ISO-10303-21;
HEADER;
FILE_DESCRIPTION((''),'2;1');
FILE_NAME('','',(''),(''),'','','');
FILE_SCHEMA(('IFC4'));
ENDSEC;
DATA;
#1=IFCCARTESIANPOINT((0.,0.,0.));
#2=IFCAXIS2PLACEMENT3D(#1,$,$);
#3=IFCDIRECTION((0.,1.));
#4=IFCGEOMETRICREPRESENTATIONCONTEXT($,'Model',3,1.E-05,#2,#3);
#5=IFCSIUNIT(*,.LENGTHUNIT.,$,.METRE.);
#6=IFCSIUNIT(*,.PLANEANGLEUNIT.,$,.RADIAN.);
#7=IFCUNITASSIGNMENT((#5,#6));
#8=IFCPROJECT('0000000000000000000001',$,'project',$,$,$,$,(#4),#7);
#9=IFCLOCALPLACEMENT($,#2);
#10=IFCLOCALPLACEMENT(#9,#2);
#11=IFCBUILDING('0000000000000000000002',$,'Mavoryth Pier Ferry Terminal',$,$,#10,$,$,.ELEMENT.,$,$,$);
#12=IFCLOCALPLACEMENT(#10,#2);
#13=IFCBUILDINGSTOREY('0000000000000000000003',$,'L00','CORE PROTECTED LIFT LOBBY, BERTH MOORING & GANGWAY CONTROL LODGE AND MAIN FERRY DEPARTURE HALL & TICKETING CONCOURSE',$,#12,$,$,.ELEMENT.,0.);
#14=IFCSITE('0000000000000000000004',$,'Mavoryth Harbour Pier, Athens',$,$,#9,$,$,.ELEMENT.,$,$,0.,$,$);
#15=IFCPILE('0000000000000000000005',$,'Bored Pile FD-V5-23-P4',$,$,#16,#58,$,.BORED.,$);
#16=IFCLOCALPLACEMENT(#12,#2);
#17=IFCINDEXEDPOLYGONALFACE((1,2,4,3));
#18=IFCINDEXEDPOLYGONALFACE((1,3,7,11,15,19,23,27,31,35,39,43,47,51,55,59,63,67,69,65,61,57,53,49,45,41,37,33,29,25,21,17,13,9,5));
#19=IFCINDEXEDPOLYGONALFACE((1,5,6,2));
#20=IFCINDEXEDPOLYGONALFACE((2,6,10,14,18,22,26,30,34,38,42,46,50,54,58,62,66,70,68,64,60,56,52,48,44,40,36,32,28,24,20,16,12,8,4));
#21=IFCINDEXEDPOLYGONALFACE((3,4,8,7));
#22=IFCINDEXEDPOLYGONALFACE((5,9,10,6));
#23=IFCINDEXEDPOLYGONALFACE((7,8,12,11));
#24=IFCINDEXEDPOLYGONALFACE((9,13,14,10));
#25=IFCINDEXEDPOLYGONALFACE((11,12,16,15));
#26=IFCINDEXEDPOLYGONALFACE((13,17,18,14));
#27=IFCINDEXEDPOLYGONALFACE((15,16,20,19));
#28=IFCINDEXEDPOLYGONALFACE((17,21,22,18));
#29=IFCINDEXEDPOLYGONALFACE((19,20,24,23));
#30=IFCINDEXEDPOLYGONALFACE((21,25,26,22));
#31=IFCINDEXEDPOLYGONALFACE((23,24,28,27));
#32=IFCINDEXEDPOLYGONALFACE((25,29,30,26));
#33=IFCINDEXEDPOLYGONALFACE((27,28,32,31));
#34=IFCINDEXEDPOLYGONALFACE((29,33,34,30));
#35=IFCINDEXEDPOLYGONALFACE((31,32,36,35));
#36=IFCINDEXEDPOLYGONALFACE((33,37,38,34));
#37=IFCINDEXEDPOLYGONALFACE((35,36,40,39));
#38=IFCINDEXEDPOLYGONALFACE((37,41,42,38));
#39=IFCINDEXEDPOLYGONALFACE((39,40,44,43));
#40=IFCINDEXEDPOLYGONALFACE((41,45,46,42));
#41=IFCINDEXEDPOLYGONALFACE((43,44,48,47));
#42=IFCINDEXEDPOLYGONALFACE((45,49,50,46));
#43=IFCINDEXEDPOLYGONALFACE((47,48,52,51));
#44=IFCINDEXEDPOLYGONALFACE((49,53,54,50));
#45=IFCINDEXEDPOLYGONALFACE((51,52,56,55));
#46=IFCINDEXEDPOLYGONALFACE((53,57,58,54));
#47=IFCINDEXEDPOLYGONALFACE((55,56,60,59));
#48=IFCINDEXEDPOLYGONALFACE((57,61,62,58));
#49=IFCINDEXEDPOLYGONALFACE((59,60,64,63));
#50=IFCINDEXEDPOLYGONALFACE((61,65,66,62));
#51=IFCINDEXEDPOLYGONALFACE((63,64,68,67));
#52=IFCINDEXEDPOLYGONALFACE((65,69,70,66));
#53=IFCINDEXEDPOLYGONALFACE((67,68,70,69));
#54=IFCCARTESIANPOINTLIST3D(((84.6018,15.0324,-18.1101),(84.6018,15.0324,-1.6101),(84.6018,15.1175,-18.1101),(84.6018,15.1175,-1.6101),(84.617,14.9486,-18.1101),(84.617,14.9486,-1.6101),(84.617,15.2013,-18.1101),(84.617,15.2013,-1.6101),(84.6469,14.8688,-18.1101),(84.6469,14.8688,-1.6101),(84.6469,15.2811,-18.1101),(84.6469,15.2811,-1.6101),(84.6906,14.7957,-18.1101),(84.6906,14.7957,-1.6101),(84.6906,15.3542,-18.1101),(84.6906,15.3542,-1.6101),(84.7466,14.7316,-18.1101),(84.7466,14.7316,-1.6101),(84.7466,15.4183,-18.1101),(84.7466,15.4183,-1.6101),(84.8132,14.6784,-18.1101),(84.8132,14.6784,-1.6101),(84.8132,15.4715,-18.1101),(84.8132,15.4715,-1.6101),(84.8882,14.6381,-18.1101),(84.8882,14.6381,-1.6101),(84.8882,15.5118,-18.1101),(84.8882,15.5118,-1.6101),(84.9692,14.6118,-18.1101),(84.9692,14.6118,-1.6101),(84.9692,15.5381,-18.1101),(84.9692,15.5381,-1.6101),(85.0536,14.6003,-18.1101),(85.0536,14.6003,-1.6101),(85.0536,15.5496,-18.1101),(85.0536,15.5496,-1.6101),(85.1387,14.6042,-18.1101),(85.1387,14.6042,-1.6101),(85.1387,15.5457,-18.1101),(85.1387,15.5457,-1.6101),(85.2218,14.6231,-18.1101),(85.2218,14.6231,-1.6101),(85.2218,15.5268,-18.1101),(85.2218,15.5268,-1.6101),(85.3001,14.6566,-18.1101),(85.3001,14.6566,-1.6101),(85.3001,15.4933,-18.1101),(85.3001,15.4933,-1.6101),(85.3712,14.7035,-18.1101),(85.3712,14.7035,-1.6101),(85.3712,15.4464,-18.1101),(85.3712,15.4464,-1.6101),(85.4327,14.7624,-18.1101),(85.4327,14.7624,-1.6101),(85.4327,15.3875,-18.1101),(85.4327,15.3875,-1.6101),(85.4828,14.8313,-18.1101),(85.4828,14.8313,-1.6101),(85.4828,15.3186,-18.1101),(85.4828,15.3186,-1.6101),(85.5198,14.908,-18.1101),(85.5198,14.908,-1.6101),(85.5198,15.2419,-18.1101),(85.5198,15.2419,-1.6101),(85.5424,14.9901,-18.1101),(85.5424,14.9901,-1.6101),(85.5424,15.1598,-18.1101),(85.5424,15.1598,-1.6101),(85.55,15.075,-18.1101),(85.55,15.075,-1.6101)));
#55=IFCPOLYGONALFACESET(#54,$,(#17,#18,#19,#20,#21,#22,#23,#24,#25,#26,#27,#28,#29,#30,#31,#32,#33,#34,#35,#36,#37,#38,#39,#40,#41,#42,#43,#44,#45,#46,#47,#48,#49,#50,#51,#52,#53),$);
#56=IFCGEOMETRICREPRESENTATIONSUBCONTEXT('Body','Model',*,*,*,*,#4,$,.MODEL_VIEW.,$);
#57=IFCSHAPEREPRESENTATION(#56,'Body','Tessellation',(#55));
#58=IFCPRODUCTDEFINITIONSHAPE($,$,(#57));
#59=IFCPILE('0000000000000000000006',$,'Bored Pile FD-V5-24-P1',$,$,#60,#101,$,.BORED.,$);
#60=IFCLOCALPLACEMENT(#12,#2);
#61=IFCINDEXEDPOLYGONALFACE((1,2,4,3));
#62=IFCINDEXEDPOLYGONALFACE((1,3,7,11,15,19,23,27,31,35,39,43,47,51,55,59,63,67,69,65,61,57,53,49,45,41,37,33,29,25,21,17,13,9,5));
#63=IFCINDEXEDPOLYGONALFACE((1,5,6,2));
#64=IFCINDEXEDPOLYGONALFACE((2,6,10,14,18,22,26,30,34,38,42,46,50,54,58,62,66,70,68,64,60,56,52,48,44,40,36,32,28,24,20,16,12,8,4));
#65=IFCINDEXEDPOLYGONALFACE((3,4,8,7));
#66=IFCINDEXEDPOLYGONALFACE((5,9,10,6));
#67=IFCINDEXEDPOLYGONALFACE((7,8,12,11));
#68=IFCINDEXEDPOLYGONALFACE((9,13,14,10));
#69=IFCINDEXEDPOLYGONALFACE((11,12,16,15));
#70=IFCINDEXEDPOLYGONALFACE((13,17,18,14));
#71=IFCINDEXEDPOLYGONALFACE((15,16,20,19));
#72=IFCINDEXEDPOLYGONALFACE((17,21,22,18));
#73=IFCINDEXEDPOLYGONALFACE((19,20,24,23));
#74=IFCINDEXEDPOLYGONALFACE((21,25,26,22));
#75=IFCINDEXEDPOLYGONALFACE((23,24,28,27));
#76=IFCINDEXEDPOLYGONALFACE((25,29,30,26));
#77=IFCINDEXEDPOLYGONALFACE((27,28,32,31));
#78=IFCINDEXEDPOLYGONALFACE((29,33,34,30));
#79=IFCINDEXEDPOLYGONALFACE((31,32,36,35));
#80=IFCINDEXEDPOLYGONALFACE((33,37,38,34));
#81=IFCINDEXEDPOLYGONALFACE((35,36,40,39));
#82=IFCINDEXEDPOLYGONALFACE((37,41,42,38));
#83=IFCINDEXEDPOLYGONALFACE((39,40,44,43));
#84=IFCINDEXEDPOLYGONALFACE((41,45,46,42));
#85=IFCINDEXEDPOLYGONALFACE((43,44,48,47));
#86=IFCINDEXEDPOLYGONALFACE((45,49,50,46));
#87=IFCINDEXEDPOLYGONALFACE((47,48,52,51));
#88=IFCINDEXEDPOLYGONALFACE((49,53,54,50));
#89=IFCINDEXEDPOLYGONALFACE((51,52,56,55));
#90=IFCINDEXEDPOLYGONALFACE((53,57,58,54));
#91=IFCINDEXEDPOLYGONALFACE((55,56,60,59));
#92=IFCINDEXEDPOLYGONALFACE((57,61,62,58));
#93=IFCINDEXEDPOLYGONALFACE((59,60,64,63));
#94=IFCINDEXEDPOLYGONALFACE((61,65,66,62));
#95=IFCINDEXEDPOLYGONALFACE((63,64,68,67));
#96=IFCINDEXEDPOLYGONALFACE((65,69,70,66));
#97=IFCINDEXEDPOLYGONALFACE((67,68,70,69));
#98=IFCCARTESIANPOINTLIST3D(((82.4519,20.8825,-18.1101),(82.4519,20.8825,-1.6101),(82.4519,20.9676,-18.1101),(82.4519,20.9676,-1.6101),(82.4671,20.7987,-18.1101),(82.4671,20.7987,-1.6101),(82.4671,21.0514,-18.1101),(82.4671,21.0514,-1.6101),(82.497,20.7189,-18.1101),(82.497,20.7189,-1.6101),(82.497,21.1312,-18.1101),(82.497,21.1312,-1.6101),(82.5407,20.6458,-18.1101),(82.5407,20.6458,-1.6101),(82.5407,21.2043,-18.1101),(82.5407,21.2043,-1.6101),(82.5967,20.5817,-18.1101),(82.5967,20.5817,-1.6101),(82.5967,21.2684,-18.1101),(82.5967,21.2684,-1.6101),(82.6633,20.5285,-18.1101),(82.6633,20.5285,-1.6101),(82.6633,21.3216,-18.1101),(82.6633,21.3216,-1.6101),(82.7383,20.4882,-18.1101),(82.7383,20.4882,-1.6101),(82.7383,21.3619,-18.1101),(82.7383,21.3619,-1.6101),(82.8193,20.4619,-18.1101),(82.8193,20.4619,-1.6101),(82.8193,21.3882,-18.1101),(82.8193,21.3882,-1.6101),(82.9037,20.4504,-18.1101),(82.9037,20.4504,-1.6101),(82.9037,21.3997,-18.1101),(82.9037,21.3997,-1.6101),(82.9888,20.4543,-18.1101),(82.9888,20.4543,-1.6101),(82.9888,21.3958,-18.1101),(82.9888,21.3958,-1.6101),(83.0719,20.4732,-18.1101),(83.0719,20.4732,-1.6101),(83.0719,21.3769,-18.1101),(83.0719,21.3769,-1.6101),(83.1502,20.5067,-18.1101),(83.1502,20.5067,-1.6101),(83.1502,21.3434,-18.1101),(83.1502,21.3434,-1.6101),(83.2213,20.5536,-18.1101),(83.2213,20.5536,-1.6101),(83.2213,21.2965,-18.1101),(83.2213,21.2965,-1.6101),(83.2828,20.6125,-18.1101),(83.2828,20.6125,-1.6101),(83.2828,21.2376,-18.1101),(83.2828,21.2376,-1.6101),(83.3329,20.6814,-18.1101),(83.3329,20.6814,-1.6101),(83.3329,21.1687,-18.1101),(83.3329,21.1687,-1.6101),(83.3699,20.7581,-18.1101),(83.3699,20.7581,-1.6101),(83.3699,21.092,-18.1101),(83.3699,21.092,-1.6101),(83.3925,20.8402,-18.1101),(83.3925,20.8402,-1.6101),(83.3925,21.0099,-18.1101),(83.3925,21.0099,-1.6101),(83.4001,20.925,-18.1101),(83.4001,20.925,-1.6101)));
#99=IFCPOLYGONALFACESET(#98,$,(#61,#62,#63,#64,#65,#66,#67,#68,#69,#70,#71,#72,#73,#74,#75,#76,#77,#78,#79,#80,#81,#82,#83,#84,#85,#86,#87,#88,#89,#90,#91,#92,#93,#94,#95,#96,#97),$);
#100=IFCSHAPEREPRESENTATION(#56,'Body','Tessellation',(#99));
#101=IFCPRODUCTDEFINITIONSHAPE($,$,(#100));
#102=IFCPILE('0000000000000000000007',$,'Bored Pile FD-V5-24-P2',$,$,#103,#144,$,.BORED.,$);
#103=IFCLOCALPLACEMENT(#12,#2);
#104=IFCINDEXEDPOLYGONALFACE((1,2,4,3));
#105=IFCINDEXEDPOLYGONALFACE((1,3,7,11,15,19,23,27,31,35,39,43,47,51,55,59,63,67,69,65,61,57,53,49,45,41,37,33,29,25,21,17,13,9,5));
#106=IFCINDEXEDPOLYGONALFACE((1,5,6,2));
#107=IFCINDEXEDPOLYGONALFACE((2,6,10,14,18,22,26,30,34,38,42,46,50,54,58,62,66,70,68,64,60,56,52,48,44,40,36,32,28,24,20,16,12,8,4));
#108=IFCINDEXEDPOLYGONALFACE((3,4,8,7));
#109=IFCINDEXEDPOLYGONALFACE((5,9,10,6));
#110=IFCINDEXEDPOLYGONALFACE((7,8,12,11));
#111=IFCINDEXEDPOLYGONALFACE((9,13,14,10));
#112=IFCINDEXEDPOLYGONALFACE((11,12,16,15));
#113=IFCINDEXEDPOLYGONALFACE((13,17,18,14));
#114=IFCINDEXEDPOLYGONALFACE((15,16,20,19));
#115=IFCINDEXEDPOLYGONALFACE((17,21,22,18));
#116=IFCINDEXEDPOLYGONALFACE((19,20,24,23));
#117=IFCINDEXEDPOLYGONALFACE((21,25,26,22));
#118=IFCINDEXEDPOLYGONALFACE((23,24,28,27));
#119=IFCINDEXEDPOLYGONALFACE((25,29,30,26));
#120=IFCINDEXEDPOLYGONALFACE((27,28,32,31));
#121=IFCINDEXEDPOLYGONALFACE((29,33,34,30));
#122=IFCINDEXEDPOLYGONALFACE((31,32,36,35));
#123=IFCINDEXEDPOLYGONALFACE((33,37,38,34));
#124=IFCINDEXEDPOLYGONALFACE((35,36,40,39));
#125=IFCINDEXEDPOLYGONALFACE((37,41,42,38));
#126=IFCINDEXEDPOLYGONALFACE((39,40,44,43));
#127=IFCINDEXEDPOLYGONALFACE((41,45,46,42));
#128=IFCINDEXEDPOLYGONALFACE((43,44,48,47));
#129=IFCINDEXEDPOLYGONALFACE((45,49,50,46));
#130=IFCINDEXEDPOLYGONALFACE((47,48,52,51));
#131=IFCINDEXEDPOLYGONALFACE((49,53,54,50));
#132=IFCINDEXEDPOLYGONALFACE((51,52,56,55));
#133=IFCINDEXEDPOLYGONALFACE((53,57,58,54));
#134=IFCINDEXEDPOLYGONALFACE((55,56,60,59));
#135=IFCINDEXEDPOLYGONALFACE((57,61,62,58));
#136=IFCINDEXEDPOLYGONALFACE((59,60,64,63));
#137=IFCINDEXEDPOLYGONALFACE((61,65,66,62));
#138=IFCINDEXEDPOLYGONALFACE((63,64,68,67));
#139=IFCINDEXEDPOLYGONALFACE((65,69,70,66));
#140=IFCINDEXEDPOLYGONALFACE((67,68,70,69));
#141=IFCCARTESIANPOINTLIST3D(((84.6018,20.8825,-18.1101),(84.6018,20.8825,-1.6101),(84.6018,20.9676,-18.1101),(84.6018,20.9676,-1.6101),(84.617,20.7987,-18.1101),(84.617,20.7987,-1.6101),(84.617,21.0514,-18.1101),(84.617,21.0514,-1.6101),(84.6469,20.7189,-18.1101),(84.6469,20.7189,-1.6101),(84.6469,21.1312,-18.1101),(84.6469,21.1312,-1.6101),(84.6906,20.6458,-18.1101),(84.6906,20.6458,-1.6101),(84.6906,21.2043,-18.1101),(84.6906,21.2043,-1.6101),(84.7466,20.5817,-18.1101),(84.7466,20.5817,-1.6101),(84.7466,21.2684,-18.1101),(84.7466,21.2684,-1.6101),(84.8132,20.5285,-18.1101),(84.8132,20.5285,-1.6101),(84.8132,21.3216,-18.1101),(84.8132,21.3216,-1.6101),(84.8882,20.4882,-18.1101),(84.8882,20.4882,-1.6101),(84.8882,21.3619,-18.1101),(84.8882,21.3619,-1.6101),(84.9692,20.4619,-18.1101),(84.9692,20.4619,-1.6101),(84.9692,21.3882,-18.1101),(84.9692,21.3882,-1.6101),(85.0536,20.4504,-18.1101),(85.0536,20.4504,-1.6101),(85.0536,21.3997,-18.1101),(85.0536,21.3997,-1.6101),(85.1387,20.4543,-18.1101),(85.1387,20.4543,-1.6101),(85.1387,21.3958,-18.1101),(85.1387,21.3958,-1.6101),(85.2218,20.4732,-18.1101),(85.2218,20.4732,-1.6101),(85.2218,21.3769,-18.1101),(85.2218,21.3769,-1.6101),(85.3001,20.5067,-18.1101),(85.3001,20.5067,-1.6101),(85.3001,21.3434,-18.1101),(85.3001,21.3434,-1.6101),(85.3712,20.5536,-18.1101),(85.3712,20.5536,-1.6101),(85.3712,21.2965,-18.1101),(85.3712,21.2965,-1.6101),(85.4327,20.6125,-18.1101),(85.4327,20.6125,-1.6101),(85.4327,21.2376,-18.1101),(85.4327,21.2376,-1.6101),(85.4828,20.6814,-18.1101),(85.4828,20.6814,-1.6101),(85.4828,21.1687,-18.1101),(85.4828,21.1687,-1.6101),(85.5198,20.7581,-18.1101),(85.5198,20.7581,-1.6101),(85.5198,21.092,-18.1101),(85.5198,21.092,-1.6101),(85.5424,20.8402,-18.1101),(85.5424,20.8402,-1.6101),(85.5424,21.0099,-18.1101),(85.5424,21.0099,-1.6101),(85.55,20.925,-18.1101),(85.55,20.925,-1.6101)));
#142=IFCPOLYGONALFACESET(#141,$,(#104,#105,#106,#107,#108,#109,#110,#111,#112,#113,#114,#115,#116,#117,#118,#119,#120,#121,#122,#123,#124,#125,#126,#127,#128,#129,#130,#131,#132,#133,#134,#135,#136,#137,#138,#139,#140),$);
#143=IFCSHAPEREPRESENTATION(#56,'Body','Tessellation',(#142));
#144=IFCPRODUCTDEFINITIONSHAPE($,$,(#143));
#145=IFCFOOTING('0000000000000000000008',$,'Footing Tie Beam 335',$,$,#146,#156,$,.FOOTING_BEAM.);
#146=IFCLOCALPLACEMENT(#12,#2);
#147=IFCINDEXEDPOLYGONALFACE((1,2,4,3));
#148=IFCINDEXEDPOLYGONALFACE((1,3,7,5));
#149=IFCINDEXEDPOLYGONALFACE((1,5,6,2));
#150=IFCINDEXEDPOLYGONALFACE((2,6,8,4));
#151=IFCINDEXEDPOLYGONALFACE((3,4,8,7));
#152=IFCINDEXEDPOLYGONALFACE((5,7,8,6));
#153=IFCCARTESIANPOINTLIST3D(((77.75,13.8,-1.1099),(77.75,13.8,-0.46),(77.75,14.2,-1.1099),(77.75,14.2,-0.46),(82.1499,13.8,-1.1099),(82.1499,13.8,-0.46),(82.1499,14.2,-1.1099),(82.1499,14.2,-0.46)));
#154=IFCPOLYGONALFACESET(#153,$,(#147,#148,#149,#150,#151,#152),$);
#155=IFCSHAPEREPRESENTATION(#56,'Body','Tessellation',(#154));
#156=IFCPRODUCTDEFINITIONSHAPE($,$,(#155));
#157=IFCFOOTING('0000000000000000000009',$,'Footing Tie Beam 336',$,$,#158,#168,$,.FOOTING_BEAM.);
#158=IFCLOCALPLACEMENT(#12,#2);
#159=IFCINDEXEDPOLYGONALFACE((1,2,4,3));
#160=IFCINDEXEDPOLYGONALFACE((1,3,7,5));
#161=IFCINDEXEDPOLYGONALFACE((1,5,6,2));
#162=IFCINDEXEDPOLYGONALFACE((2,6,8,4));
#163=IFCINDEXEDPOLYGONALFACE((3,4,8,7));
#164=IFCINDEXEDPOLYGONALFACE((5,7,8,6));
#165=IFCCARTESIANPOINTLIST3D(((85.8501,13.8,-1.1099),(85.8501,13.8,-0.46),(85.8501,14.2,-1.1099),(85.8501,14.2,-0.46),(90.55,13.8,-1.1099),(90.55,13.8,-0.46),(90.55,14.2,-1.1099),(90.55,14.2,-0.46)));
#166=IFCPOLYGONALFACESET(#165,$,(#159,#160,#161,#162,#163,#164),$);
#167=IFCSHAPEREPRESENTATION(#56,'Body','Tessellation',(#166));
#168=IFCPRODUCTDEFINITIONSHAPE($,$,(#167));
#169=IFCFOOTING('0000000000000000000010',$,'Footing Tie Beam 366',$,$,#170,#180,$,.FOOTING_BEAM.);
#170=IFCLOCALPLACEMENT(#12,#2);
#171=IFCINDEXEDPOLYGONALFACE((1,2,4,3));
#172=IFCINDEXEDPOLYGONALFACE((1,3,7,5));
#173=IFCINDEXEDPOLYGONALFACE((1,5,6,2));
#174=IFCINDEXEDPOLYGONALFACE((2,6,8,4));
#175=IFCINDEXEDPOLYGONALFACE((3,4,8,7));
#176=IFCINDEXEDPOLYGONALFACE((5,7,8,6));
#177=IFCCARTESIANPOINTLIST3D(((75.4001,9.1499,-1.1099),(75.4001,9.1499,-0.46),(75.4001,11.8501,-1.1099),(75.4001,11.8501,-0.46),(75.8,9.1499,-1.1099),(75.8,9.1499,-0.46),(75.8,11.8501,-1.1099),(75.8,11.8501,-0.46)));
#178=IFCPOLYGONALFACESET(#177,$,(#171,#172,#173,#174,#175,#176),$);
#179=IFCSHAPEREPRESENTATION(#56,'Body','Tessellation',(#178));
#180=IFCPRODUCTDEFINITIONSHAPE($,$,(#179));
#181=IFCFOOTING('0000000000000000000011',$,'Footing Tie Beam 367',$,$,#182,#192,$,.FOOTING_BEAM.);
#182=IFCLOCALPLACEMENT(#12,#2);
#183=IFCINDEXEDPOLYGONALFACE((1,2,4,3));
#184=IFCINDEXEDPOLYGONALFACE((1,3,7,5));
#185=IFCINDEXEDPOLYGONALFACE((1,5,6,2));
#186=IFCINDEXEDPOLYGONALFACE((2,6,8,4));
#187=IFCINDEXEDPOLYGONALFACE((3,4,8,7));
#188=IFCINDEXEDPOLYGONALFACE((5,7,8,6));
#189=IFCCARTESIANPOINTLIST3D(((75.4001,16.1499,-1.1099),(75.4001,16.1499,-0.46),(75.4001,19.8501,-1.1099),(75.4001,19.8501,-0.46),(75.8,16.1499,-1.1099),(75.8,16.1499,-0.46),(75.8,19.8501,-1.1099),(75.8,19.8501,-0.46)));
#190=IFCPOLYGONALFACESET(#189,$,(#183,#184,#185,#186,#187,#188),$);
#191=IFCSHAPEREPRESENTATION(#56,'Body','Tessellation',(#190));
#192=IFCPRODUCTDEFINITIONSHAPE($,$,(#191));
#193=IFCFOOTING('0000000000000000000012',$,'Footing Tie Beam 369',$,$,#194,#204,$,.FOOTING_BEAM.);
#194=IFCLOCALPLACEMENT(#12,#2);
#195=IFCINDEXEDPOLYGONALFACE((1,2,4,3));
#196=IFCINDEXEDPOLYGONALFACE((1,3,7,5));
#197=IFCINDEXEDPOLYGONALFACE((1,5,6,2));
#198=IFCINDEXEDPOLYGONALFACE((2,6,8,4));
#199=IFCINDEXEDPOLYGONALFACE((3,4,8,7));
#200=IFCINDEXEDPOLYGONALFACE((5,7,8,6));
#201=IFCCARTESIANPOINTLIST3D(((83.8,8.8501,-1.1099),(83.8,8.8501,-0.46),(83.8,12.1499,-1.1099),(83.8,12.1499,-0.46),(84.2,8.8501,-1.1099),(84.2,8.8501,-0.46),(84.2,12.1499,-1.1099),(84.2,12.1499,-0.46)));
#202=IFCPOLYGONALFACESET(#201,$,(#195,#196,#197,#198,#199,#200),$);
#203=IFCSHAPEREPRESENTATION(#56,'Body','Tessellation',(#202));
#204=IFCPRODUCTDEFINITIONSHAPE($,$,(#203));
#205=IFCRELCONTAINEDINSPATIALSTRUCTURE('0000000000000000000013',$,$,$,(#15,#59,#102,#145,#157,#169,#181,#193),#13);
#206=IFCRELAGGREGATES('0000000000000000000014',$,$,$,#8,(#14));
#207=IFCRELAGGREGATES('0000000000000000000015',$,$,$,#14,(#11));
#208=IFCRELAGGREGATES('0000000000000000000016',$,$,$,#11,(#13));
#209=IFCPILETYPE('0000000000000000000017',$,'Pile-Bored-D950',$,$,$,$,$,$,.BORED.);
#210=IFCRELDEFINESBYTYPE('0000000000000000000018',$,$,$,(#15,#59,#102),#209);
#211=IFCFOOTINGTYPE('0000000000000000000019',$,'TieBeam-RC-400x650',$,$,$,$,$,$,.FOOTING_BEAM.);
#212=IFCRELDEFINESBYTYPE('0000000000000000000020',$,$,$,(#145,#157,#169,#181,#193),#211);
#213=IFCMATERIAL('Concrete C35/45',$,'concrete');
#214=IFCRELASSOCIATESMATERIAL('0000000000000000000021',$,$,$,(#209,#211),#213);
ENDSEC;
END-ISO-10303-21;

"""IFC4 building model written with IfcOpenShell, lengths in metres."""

from ifc_helpers import new_model, si_unit, direction, frame, origin, origin_2d, place, context, subcontext, project, spatial, rectangle, circle, extrude, material, material_profile, profile_set, type_object, element, save


model = new_model("IFC4")

# Units and contexts
model_context = context("Model", 3, precision=1e-05, world=origin(), true_north=direction((0.0, 1.0)))
body_context = subcontext(model_context, "Body", "Model", "MODEL_VIEW")
ifc_project = project(units=[si_unit("LENGTHUNIT", "METRE"), si_unit("PLANEANGLEUNIT", "RADIAN")], contexts=[model_context])

# Site, building, storey
site_placement = place(None, origin())
site = spatial("IfcSite", under=ifc_project, at=site_placement, Name="Mavoryth Harbour Pier, Athens", CompositionType="ELEMENT", RefElevation=0.0)
building_placement = place(site_placement, origin())
building = spatial("IfcBuilding", under=site, at=building_placement, Name="Mavoryth Pier Ferry Terminal", CompositionType="ELEMENT")
storey_placement = place(building_placement, origin())
storey = spatial("IfcBuildingStorey", under=building, at=storey_placement, Name="L00", Description="CORE PROTECTED LIFT LOBBY, BERTH MOORING & GANGWAY CONTROL LODGE AND MAIN FERRY DEPARTURE HALL & TICKETING CONCOURSE", CompositionType="ELEMENT", Elevation=0.0)

# Shared definitions
ifc_material_1 = material(Name="Concrete C35/45", Category="concrete")

# Piles
ifc_material_profile_1 = material_profile(ifc_material_1, circle(Radius=0.4751, at=origin_2d()), Name="PILE D950", Category="concrete")
ifc_profile_set_1 = profile_set([ifc_material_profile_1], Name="Concrete C35/45 - PILE D950")
pile_type_1 = type_object("IfcPileType", Name="Pile-Bored-D950", PredefinedType="BORED", material=ifc_profile_set_1)
for number, where, z_axis, x_axis, name in (
    (1, (85.075, 15.075, -1.6101), (0.0, 0.0, -1.0), (1.0, 0.0, 0.0), "Bored Pile FD-V5-23-P4"),
    (2, (82.925, 20.925, -1.6101), (0.0, 0.0, -1.0), (1.0, 0.0, 0.0), "Bored Pile FD-V5-24-P1"),
    (3, (85.075, 20.925, -1.6101), (0.0, 0.0, -1.0), (1.0, 0.0, 0.0), "Bored Pile FD-V5-24-P2"),
):
    element("IfcPile", number, at=place(storey_placement, frame(where, z_axis=z_axis, x_axis=x_axis)), inside=storey, type_object=pile_type_1, Name=name, PredefinedType="BORED", context=body_context, shape_type="SweptSolid", body=[
        extrude(circle(Radius=0.4751, at=origin_2d()), origin(), (0.0, 0.0, 1.0), 16.5),
    ])

# Footings
ifc_material_profile_2 = material_profile(ifc_material_1, rectangle(XDim=0.3999, YDim=0.6499, at=origin_2d()), Name="RC 400x650", Category="concrete")
ifc_profile_set_2 = profile_set([ifc_material_profile_2], Name="Concrete C35/45 - RC 400x650")
footing_type_1 = type_object("IfcFootingType", Name="TieBeam-RC-400x650", PredefinedType="FOOTING_BEAM", material=ifc_profile_set_2)
footing_1_placement = place(storey_placement, frame((77.75, 14.0, -0.7849), z_axis=(1.0, 0.0, 0.0), x_axis=(0.0, 1.0, 0.0)))
element("IfcFooting", 4, at=footing_1_placement, inside=storey, type_object=footing_type_1, Name="Footing Tie Beam 335", PredefinedType="FOOTING_BEAM", context=body_context, shape_type="SweptSolid", body=[
    extrude(rectangle(XDim=0.3999, YDim=0.6499, at=origin_2d()), origin(), (0.0, 0.0, 1.0), 4.3999),
])
footing_2_placement = place(storey_placement, frame((85.8501, 14.0, -0.7849), z_axis=(1.0, 0.0, 0.0), x_axis=(0.0, 1.0, 0.0)))
element("IfcFooting", 5, at=footing_2_placement, inside=storey, type_object=footing_type_1, Name="Footing Tie Beam 336", PredefinedType="FOOTING_BEAM", context=body_context, shape_type="SweptSolid", body=[
    extrude(rectangle(XDim=0.3999, YDim=0.6499, at=origin_2d()), origin(), (0.0, 0.0, 1.0), 4.7),
])
footing_3_placement = place(storey_placement, frame((75.6001, 9.1499, -0.7849), z_axis=(0.0, 1.0, 0.0), x_axis=(-1.0, 0.0, 0.0)))
element("IfcFooting", 6, at=footing_3_placement, inside=storey, type_object=footing_type_1, Name="Footing Tie Beam 366", PredefinedType="FOOTING_BEAM", context=body_context, shape_type="SweptSolid", body=[
    extrude(rectangle(XDim=0.3999, YDim=0.6499, at=origin_2d()), origin(), (0.0, 0.0, 1.0), 2.7002),
])
footing_4_placement = place(storey_placement, frame((75.6001, 16.1499, -0.7849), z_axis=(0.0, 1.0, 0.0), x_axis=(-1.0, 0.0, 0.0)))
element("IfcFooting", 7, at=footing_4_placement, inside=storey, type_object=footing_type_1, Name="Footing Tie Beam 367", PredefinedType="FOOTING_BEAM", context=body_context, shape_type="SweptSolid", body=[
    extrude(rectangle(XDim=0.3999, YDim=0.6499, at=origin_2d()), origin(), (0.0, 0.0, 1.0), 3.7002),
])
footing_5_placement = place(storey_placement, frame((84.0, 8.8501, -0.7849), z_axis=(0.0, 1.0, 0.0), x_axis=(-1.0, 0.0, 0.0)))
element("IfcFooting", 8, at=footing_5_placement, inside=storey, type_object=footing_type_1, Name="Footing Tie Beam 369", PredefinedType="FOOTING_BEAM", context=body_context, shape_type="SweptSolid", body=[
    extrude(rectangle(XDim=0.3999, YDim=0.6499, at=origin_2d()), origin(), (0.0, 0.0, 1.0), 3.2998),
])

save(model, "model.ifc")
